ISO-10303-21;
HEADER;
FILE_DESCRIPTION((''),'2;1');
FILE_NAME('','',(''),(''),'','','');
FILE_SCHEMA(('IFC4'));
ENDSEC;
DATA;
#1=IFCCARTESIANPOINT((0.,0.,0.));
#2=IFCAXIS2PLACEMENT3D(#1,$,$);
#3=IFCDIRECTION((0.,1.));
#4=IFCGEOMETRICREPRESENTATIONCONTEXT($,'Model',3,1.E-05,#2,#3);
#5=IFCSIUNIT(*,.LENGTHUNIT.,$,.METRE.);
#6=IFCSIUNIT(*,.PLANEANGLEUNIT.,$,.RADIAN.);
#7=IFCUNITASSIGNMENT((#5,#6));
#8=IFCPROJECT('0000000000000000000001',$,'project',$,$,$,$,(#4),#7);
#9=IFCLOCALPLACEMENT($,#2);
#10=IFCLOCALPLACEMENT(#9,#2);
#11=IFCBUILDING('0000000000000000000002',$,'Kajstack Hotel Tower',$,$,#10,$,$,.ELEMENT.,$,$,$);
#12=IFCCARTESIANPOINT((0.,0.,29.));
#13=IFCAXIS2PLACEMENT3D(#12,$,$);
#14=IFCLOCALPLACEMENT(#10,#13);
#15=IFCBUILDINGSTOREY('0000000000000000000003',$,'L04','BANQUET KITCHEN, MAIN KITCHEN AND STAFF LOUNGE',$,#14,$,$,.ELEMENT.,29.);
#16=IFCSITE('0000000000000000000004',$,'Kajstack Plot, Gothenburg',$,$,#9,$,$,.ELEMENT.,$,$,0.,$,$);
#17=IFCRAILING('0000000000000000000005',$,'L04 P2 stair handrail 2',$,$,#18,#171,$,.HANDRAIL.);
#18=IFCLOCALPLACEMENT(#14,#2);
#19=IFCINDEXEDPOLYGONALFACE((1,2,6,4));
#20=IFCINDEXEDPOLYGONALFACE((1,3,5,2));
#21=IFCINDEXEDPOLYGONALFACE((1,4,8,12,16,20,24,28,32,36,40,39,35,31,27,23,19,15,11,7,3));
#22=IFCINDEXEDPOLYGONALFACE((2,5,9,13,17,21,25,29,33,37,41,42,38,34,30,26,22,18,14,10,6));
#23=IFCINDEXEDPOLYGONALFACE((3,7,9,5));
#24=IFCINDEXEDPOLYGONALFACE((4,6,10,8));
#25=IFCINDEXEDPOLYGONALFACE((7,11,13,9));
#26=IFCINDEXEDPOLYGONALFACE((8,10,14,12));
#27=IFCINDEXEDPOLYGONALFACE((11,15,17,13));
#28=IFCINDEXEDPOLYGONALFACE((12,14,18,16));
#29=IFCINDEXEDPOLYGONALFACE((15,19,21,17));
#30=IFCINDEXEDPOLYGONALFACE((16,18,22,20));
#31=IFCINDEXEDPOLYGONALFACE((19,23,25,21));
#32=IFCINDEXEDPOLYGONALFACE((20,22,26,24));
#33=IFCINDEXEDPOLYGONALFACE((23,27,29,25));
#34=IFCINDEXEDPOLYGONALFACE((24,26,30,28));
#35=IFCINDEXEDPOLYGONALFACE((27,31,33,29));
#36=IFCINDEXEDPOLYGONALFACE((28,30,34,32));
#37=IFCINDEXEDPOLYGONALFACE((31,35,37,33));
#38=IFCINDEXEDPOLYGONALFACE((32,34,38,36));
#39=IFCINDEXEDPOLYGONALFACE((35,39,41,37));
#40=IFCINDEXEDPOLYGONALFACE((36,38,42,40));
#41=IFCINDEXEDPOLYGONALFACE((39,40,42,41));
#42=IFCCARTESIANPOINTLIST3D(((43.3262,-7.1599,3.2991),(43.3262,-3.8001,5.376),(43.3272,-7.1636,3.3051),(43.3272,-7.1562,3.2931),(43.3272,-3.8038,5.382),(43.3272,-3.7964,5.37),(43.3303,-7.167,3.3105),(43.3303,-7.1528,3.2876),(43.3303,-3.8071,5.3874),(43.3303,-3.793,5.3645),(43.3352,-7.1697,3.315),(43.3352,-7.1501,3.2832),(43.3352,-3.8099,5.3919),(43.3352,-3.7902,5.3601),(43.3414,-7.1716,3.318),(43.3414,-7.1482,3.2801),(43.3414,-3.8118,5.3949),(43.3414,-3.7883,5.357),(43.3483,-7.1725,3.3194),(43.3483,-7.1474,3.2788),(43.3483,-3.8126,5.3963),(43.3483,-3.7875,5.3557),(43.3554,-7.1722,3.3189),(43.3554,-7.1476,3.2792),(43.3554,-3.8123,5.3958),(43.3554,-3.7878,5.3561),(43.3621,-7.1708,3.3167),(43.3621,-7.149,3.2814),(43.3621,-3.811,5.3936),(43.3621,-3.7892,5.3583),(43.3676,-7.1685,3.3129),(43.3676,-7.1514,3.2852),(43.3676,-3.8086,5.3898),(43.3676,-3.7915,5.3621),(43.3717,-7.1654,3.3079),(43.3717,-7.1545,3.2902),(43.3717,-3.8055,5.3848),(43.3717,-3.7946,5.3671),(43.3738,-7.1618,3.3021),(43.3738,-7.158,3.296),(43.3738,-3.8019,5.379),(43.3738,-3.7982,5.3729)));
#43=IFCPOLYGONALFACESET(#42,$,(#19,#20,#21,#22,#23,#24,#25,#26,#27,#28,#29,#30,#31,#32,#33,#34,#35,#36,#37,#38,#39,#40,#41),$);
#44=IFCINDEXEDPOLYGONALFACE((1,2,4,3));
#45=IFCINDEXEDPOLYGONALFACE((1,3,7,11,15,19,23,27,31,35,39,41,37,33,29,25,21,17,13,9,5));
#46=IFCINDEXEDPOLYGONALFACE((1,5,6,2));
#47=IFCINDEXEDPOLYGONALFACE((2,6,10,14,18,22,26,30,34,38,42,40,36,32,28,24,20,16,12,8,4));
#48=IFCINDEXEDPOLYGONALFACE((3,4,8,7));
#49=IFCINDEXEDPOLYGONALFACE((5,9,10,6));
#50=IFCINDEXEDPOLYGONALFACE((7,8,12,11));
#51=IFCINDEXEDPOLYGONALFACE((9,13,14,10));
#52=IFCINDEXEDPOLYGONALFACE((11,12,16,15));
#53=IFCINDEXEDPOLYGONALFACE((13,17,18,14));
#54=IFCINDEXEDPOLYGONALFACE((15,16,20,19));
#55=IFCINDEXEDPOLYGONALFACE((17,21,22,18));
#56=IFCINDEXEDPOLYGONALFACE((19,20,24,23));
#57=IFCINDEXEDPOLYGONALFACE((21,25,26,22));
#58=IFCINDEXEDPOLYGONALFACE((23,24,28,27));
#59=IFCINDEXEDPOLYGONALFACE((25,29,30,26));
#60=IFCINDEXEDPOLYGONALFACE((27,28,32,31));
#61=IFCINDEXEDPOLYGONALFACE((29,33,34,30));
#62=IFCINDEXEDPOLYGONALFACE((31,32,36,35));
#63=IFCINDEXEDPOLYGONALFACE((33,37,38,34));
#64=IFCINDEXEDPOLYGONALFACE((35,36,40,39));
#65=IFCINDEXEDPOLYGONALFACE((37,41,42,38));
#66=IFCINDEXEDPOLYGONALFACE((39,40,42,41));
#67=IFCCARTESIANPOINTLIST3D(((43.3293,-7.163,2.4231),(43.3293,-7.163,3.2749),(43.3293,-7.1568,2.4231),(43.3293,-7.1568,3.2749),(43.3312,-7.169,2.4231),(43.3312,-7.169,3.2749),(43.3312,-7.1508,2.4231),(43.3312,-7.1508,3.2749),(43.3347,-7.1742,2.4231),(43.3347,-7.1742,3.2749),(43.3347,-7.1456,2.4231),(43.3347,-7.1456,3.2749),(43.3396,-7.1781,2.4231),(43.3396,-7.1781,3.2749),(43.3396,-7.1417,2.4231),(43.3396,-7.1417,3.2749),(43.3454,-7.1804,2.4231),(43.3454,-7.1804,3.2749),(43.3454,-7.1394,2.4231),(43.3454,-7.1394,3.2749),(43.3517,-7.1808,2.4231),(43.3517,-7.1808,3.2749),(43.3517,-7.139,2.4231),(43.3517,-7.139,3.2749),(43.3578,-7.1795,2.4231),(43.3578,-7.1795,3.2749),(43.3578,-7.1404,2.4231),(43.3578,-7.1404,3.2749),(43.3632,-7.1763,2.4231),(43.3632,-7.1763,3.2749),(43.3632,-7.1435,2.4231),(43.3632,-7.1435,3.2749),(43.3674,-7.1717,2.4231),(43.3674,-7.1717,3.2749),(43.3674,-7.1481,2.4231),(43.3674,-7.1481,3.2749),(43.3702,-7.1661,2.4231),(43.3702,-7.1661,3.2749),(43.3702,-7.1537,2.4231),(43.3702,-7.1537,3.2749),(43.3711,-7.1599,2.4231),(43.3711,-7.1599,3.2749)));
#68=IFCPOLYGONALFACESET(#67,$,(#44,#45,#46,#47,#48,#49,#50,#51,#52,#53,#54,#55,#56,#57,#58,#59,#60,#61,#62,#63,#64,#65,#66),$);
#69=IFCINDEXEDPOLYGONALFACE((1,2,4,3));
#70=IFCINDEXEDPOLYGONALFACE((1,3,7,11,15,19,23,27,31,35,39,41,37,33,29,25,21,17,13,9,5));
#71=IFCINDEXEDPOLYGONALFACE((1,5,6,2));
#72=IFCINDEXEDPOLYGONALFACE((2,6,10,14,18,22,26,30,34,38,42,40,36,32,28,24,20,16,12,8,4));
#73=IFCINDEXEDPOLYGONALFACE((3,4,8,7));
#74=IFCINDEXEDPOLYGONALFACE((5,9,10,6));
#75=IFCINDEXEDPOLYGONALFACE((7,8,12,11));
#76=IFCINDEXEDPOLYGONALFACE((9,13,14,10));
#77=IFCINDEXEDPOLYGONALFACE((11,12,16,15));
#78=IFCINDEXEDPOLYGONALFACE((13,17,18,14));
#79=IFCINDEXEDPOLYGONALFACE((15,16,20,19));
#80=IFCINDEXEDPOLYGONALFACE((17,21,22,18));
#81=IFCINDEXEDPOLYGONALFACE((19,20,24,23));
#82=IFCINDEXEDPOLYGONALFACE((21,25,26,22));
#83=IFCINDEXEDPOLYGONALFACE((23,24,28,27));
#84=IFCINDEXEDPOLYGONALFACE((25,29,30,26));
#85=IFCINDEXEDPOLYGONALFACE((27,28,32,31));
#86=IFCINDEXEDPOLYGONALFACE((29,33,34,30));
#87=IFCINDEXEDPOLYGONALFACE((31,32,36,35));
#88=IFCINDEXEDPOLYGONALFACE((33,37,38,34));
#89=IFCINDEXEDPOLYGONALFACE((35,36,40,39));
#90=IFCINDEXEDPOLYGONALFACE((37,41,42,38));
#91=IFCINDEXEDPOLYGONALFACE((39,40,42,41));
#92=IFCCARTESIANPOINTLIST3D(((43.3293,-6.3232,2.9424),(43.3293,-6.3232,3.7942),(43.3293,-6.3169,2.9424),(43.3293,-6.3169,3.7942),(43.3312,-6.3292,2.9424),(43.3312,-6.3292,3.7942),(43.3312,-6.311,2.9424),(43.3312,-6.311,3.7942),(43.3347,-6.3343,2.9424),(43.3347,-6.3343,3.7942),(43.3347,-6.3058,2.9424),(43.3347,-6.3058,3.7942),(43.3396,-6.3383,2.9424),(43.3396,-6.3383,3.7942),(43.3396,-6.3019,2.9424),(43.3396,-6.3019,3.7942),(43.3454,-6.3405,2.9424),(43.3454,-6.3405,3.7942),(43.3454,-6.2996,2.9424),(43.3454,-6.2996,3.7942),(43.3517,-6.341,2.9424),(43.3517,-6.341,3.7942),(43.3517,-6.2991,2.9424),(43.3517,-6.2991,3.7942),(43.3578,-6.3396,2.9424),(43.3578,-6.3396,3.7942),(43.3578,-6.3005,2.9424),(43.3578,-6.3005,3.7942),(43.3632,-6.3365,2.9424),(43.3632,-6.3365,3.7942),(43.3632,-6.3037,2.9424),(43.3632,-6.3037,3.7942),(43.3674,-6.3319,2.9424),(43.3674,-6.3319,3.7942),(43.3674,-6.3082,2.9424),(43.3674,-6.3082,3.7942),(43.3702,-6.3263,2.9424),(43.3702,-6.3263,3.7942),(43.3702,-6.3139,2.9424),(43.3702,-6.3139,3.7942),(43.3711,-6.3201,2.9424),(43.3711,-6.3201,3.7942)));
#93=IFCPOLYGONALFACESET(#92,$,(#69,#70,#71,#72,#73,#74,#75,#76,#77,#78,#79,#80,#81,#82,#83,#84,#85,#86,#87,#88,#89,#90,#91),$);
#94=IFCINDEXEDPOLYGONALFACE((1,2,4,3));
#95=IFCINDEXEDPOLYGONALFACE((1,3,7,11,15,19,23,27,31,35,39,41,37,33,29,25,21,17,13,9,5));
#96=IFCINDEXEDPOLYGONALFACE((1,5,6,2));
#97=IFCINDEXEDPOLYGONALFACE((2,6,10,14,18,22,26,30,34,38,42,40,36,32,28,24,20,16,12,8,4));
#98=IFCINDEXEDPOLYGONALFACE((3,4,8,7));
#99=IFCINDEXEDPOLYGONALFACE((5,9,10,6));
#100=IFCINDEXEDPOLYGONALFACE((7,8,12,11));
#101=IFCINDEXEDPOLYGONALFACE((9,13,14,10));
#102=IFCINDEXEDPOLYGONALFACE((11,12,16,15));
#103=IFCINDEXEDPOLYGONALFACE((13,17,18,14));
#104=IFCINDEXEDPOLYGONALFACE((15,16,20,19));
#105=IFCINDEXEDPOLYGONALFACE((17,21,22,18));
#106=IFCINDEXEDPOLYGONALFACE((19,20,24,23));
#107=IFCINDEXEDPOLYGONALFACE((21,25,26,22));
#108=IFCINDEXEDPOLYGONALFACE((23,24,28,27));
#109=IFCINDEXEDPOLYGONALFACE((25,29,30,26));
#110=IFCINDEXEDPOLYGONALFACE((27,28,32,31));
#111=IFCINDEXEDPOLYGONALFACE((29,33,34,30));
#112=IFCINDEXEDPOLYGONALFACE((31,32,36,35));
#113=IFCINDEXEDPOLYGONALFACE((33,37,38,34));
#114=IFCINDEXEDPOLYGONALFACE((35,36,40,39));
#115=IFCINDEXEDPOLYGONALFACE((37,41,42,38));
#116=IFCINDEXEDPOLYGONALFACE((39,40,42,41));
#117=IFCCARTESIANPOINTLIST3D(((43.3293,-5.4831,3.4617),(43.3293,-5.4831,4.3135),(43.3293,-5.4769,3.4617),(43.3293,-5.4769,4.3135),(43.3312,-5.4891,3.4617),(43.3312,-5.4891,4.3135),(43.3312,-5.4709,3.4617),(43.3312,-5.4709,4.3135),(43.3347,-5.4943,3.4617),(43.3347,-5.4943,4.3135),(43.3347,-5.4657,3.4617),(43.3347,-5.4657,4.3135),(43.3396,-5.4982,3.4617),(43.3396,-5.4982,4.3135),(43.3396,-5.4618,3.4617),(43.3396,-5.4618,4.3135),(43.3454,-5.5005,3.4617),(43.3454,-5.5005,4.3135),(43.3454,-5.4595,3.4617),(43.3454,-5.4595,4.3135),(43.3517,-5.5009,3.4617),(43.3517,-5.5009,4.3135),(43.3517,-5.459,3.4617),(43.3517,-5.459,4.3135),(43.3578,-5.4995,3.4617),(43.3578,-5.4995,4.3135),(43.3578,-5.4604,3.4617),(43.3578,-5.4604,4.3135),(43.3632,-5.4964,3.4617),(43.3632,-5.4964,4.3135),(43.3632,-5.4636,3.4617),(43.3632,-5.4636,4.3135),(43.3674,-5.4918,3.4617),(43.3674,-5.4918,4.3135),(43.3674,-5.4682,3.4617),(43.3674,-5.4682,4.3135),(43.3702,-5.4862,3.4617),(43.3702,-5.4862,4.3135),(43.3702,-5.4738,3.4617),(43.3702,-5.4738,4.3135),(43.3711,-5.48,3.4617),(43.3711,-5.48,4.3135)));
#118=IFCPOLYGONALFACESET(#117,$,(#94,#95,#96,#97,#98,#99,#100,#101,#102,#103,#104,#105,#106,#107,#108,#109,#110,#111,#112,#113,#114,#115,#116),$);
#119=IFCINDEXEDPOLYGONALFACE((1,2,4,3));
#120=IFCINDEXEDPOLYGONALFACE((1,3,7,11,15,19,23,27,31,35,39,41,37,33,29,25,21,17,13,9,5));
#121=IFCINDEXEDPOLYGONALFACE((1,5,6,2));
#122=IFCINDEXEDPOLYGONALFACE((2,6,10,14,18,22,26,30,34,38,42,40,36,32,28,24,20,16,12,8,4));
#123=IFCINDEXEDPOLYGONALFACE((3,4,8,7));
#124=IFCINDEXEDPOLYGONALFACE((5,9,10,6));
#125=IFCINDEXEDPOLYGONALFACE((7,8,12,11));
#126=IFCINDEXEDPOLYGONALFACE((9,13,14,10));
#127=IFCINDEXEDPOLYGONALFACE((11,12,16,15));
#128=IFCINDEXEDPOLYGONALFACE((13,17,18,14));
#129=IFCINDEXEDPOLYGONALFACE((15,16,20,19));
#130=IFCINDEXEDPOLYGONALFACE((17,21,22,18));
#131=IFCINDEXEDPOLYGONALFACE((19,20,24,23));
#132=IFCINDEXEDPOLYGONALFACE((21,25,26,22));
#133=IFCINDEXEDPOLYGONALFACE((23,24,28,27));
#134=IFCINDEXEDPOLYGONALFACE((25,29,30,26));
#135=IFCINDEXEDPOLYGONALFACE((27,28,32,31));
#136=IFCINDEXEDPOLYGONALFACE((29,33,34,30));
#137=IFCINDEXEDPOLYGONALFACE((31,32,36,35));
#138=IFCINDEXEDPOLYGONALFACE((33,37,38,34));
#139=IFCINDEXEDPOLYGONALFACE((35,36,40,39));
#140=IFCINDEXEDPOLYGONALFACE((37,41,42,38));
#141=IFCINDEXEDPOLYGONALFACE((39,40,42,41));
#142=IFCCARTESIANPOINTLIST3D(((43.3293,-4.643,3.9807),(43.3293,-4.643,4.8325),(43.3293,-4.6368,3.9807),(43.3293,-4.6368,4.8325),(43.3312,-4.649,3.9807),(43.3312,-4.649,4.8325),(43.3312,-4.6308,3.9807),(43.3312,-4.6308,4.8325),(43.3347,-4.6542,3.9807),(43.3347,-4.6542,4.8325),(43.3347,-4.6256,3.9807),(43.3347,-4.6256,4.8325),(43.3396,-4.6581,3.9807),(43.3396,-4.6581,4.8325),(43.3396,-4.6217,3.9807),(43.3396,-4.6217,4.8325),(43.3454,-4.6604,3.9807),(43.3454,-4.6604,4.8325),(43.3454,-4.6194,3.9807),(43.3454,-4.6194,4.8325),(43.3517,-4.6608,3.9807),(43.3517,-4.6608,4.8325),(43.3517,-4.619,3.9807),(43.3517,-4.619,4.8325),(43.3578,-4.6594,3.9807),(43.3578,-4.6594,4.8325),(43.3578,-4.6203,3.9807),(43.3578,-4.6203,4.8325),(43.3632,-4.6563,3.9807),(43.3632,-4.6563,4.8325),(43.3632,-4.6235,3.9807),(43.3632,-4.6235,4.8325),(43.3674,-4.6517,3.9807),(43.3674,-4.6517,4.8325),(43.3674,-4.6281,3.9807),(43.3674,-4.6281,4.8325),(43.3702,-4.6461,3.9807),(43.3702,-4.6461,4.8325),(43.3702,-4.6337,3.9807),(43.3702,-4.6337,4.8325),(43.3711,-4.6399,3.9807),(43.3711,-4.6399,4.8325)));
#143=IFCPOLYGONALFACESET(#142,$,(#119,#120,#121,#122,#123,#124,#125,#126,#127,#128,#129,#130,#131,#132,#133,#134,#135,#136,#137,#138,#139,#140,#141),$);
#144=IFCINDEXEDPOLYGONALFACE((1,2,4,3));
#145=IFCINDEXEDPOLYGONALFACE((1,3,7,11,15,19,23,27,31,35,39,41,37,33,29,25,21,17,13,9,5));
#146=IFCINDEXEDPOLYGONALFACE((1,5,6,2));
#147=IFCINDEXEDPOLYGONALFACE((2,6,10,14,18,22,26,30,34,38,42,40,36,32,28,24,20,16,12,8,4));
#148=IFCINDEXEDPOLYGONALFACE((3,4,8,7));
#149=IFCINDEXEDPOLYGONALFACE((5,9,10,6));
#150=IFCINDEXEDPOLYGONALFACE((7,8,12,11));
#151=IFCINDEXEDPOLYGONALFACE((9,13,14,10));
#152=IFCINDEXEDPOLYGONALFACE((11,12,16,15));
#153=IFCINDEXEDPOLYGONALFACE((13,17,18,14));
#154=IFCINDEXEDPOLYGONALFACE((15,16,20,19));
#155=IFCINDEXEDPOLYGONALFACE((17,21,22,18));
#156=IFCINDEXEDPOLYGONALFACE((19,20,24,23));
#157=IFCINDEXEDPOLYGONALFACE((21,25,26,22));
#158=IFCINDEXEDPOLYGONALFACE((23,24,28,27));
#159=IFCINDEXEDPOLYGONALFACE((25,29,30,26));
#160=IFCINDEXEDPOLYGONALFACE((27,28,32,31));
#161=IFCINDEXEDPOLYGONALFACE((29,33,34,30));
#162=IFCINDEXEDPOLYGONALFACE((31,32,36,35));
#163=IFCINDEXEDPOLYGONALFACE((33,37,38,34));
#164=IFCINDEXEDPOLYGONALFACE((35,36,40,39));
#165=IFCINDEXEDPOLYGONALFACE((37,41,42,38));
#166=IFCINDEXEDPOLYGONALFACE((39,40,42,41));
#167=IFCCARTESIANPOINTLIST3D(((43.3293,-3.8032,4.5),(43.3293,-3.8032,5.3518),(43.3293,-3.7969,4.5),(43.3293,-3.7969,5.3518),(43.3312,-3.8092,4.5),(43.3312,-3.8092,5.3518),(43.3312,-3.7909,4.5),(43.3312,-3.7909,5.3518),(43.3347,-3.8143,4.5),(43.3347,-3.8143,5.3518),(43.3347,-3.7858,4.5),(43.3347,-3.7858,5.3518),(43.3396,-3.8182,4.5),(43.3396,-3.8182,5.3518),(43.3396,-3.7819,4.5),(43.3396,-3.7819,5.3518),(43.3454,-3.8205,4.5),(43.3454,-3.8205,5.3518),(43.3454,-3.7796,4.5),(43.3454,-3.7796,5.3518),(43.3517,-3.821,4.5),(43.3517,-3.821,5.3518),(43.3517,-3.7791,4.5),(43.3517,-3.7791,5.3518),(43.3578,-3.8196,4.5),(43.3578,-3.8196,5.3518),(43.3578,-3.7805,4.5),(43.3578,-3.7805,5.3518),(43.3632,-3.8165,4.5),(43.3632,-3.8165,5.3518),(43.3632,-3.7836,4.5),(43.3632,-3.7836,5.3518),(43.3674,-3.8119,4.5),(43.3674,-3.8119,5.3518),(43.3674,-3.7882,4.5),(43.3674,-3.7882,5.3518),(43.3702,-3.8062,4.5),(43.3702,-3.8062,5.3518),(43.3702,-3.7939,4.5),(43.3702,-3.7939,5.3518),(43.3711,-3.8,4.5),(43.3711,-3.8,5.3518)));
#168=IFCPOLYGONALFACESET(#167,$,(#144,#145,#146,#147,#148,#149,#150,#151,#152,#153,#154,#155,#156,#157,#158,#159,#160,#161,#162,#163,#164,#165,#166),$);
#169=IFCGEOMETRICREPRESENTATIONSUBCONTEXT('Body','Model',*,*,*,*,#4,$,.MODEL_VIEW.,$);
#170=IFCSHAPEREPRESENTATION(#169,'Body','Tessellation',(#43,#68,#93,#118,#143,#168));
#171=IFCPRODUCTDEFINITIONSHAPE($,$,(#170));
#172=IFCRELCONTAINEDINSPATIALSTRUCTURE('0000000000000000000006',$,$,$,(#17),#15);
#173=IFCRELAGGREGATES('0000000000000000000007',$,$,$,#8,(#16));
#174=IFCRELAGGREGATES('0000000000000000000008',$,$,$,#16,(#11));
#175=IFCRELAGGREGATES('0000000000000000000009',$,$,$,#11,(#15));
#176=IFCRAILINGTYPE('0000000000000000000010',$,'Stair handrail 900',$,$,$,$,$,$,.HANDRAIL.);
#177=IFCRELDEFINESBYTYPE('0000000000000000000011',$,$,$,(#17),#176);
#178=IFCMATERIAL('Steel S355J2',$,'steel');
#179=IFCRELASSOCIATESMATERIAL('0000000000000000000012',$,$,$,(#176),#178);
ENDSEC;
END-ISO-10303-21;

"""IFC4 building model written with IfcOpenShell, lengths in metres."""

from ifc_helpers import new_model, si_unit, direction, frame, origin, origin_2d, place, context, subcontext, project, spatial, circle, extrude, material, type_object, element, save


model = new_model("IFC4")

# Units and contexts
model_context = context("Model", 3, precision=1e-05, world=origin(), true_north=direction((0.0, 1.0)))
body_context = subcontext(model_context, "Body", "Model", "MODEL_VIEW")
ifc_project = project(units=[si_unit("LENGTHUNIT", "METRE"), si_unit("PLANEANGLEUNIT", "RADIAN")], contexts=[model_context])

# Site, building, storey
site_placement = place(None, origin())
site = spatial("IfcSite", under=ifc_project, at=site_placement, Name="Kajstack Plot, Gothenburg", CompositionType="ELEMENT", RefElevation=0.0)
building_placement = place(site_placement, origin())
building = spatial("IfcBuilding", under=site, at=building_placement, Name="Kajstack Hotel Tower", CompositionType="ELEMENT")
storey_placement = place(building_placement, frame((0.0, 0.0, 29.0)))
storey = spatial("IfcBuildingStorey", under=building, at=storey_placement, Name="L04", Description="BANQUET KITCHEN, MAIN KITCHEN AND STAFF LOUNGE", CompositionType="ELEMENT", Elevation=29.0)

# Railing
ifc_material_1 = material(Name="Steel S355J2", Category="steel")
railing_type_1 = type_object("IfcRailingType", Name="Stair handrail 900", PredefinedType="HANDRAIL", material=ifc_material_1)
railing_1_placement = place(storey_placement, frame((43.3501, -7.1599, 2.4231)))
element("IfcRailing", 1, at=railing_1_placement, inside=storey, type_object=railing_type_1, Name="L04 P2 stair handrail 2", PredefinedType="HANDRAIL", context=body_context, shape_type="SweptSolid", body=[
    extrude(circle(Radius=0.0239, at=origin_2d()), frame((0.0, 0.0, 0.876), z_axis=(0.0, 0.850606, 0.525803), x_axis=(-1.0, 0.0, 0.0)), (0.0, 0.0, 1.0), 3.95),
    extrude(circle(Radius=0.021, at=origin_2d()), origin(), (0.0, 0.0, 1.0), 0.8518),
    extrude(circle(Radius=0.021, at=origin_2d()), frame((0.0, 0.8398, 0.5193)), (0.0, 0.0, 1.0), 0.8518),
    extrude(circle(Radius=0.021, at=origin_2d()), frame((0.0, 1.6799, 1.0386)), (0.0, 0.0, 1.0), 0.8518),
    extrude(circle(Radius=0.021, at=origin_2d()), frame((0.0, 2.52, 1.5576)), (0.0, 0.0, 1.0), 0.8518),
    extrude(circle(Radius=0.021, at=origin_2d()), frame((0.0, 3.3599, 2.0769)), (0.0, 0.0, 1.0), 0.8518),
])

save(model, "model.ifc")
